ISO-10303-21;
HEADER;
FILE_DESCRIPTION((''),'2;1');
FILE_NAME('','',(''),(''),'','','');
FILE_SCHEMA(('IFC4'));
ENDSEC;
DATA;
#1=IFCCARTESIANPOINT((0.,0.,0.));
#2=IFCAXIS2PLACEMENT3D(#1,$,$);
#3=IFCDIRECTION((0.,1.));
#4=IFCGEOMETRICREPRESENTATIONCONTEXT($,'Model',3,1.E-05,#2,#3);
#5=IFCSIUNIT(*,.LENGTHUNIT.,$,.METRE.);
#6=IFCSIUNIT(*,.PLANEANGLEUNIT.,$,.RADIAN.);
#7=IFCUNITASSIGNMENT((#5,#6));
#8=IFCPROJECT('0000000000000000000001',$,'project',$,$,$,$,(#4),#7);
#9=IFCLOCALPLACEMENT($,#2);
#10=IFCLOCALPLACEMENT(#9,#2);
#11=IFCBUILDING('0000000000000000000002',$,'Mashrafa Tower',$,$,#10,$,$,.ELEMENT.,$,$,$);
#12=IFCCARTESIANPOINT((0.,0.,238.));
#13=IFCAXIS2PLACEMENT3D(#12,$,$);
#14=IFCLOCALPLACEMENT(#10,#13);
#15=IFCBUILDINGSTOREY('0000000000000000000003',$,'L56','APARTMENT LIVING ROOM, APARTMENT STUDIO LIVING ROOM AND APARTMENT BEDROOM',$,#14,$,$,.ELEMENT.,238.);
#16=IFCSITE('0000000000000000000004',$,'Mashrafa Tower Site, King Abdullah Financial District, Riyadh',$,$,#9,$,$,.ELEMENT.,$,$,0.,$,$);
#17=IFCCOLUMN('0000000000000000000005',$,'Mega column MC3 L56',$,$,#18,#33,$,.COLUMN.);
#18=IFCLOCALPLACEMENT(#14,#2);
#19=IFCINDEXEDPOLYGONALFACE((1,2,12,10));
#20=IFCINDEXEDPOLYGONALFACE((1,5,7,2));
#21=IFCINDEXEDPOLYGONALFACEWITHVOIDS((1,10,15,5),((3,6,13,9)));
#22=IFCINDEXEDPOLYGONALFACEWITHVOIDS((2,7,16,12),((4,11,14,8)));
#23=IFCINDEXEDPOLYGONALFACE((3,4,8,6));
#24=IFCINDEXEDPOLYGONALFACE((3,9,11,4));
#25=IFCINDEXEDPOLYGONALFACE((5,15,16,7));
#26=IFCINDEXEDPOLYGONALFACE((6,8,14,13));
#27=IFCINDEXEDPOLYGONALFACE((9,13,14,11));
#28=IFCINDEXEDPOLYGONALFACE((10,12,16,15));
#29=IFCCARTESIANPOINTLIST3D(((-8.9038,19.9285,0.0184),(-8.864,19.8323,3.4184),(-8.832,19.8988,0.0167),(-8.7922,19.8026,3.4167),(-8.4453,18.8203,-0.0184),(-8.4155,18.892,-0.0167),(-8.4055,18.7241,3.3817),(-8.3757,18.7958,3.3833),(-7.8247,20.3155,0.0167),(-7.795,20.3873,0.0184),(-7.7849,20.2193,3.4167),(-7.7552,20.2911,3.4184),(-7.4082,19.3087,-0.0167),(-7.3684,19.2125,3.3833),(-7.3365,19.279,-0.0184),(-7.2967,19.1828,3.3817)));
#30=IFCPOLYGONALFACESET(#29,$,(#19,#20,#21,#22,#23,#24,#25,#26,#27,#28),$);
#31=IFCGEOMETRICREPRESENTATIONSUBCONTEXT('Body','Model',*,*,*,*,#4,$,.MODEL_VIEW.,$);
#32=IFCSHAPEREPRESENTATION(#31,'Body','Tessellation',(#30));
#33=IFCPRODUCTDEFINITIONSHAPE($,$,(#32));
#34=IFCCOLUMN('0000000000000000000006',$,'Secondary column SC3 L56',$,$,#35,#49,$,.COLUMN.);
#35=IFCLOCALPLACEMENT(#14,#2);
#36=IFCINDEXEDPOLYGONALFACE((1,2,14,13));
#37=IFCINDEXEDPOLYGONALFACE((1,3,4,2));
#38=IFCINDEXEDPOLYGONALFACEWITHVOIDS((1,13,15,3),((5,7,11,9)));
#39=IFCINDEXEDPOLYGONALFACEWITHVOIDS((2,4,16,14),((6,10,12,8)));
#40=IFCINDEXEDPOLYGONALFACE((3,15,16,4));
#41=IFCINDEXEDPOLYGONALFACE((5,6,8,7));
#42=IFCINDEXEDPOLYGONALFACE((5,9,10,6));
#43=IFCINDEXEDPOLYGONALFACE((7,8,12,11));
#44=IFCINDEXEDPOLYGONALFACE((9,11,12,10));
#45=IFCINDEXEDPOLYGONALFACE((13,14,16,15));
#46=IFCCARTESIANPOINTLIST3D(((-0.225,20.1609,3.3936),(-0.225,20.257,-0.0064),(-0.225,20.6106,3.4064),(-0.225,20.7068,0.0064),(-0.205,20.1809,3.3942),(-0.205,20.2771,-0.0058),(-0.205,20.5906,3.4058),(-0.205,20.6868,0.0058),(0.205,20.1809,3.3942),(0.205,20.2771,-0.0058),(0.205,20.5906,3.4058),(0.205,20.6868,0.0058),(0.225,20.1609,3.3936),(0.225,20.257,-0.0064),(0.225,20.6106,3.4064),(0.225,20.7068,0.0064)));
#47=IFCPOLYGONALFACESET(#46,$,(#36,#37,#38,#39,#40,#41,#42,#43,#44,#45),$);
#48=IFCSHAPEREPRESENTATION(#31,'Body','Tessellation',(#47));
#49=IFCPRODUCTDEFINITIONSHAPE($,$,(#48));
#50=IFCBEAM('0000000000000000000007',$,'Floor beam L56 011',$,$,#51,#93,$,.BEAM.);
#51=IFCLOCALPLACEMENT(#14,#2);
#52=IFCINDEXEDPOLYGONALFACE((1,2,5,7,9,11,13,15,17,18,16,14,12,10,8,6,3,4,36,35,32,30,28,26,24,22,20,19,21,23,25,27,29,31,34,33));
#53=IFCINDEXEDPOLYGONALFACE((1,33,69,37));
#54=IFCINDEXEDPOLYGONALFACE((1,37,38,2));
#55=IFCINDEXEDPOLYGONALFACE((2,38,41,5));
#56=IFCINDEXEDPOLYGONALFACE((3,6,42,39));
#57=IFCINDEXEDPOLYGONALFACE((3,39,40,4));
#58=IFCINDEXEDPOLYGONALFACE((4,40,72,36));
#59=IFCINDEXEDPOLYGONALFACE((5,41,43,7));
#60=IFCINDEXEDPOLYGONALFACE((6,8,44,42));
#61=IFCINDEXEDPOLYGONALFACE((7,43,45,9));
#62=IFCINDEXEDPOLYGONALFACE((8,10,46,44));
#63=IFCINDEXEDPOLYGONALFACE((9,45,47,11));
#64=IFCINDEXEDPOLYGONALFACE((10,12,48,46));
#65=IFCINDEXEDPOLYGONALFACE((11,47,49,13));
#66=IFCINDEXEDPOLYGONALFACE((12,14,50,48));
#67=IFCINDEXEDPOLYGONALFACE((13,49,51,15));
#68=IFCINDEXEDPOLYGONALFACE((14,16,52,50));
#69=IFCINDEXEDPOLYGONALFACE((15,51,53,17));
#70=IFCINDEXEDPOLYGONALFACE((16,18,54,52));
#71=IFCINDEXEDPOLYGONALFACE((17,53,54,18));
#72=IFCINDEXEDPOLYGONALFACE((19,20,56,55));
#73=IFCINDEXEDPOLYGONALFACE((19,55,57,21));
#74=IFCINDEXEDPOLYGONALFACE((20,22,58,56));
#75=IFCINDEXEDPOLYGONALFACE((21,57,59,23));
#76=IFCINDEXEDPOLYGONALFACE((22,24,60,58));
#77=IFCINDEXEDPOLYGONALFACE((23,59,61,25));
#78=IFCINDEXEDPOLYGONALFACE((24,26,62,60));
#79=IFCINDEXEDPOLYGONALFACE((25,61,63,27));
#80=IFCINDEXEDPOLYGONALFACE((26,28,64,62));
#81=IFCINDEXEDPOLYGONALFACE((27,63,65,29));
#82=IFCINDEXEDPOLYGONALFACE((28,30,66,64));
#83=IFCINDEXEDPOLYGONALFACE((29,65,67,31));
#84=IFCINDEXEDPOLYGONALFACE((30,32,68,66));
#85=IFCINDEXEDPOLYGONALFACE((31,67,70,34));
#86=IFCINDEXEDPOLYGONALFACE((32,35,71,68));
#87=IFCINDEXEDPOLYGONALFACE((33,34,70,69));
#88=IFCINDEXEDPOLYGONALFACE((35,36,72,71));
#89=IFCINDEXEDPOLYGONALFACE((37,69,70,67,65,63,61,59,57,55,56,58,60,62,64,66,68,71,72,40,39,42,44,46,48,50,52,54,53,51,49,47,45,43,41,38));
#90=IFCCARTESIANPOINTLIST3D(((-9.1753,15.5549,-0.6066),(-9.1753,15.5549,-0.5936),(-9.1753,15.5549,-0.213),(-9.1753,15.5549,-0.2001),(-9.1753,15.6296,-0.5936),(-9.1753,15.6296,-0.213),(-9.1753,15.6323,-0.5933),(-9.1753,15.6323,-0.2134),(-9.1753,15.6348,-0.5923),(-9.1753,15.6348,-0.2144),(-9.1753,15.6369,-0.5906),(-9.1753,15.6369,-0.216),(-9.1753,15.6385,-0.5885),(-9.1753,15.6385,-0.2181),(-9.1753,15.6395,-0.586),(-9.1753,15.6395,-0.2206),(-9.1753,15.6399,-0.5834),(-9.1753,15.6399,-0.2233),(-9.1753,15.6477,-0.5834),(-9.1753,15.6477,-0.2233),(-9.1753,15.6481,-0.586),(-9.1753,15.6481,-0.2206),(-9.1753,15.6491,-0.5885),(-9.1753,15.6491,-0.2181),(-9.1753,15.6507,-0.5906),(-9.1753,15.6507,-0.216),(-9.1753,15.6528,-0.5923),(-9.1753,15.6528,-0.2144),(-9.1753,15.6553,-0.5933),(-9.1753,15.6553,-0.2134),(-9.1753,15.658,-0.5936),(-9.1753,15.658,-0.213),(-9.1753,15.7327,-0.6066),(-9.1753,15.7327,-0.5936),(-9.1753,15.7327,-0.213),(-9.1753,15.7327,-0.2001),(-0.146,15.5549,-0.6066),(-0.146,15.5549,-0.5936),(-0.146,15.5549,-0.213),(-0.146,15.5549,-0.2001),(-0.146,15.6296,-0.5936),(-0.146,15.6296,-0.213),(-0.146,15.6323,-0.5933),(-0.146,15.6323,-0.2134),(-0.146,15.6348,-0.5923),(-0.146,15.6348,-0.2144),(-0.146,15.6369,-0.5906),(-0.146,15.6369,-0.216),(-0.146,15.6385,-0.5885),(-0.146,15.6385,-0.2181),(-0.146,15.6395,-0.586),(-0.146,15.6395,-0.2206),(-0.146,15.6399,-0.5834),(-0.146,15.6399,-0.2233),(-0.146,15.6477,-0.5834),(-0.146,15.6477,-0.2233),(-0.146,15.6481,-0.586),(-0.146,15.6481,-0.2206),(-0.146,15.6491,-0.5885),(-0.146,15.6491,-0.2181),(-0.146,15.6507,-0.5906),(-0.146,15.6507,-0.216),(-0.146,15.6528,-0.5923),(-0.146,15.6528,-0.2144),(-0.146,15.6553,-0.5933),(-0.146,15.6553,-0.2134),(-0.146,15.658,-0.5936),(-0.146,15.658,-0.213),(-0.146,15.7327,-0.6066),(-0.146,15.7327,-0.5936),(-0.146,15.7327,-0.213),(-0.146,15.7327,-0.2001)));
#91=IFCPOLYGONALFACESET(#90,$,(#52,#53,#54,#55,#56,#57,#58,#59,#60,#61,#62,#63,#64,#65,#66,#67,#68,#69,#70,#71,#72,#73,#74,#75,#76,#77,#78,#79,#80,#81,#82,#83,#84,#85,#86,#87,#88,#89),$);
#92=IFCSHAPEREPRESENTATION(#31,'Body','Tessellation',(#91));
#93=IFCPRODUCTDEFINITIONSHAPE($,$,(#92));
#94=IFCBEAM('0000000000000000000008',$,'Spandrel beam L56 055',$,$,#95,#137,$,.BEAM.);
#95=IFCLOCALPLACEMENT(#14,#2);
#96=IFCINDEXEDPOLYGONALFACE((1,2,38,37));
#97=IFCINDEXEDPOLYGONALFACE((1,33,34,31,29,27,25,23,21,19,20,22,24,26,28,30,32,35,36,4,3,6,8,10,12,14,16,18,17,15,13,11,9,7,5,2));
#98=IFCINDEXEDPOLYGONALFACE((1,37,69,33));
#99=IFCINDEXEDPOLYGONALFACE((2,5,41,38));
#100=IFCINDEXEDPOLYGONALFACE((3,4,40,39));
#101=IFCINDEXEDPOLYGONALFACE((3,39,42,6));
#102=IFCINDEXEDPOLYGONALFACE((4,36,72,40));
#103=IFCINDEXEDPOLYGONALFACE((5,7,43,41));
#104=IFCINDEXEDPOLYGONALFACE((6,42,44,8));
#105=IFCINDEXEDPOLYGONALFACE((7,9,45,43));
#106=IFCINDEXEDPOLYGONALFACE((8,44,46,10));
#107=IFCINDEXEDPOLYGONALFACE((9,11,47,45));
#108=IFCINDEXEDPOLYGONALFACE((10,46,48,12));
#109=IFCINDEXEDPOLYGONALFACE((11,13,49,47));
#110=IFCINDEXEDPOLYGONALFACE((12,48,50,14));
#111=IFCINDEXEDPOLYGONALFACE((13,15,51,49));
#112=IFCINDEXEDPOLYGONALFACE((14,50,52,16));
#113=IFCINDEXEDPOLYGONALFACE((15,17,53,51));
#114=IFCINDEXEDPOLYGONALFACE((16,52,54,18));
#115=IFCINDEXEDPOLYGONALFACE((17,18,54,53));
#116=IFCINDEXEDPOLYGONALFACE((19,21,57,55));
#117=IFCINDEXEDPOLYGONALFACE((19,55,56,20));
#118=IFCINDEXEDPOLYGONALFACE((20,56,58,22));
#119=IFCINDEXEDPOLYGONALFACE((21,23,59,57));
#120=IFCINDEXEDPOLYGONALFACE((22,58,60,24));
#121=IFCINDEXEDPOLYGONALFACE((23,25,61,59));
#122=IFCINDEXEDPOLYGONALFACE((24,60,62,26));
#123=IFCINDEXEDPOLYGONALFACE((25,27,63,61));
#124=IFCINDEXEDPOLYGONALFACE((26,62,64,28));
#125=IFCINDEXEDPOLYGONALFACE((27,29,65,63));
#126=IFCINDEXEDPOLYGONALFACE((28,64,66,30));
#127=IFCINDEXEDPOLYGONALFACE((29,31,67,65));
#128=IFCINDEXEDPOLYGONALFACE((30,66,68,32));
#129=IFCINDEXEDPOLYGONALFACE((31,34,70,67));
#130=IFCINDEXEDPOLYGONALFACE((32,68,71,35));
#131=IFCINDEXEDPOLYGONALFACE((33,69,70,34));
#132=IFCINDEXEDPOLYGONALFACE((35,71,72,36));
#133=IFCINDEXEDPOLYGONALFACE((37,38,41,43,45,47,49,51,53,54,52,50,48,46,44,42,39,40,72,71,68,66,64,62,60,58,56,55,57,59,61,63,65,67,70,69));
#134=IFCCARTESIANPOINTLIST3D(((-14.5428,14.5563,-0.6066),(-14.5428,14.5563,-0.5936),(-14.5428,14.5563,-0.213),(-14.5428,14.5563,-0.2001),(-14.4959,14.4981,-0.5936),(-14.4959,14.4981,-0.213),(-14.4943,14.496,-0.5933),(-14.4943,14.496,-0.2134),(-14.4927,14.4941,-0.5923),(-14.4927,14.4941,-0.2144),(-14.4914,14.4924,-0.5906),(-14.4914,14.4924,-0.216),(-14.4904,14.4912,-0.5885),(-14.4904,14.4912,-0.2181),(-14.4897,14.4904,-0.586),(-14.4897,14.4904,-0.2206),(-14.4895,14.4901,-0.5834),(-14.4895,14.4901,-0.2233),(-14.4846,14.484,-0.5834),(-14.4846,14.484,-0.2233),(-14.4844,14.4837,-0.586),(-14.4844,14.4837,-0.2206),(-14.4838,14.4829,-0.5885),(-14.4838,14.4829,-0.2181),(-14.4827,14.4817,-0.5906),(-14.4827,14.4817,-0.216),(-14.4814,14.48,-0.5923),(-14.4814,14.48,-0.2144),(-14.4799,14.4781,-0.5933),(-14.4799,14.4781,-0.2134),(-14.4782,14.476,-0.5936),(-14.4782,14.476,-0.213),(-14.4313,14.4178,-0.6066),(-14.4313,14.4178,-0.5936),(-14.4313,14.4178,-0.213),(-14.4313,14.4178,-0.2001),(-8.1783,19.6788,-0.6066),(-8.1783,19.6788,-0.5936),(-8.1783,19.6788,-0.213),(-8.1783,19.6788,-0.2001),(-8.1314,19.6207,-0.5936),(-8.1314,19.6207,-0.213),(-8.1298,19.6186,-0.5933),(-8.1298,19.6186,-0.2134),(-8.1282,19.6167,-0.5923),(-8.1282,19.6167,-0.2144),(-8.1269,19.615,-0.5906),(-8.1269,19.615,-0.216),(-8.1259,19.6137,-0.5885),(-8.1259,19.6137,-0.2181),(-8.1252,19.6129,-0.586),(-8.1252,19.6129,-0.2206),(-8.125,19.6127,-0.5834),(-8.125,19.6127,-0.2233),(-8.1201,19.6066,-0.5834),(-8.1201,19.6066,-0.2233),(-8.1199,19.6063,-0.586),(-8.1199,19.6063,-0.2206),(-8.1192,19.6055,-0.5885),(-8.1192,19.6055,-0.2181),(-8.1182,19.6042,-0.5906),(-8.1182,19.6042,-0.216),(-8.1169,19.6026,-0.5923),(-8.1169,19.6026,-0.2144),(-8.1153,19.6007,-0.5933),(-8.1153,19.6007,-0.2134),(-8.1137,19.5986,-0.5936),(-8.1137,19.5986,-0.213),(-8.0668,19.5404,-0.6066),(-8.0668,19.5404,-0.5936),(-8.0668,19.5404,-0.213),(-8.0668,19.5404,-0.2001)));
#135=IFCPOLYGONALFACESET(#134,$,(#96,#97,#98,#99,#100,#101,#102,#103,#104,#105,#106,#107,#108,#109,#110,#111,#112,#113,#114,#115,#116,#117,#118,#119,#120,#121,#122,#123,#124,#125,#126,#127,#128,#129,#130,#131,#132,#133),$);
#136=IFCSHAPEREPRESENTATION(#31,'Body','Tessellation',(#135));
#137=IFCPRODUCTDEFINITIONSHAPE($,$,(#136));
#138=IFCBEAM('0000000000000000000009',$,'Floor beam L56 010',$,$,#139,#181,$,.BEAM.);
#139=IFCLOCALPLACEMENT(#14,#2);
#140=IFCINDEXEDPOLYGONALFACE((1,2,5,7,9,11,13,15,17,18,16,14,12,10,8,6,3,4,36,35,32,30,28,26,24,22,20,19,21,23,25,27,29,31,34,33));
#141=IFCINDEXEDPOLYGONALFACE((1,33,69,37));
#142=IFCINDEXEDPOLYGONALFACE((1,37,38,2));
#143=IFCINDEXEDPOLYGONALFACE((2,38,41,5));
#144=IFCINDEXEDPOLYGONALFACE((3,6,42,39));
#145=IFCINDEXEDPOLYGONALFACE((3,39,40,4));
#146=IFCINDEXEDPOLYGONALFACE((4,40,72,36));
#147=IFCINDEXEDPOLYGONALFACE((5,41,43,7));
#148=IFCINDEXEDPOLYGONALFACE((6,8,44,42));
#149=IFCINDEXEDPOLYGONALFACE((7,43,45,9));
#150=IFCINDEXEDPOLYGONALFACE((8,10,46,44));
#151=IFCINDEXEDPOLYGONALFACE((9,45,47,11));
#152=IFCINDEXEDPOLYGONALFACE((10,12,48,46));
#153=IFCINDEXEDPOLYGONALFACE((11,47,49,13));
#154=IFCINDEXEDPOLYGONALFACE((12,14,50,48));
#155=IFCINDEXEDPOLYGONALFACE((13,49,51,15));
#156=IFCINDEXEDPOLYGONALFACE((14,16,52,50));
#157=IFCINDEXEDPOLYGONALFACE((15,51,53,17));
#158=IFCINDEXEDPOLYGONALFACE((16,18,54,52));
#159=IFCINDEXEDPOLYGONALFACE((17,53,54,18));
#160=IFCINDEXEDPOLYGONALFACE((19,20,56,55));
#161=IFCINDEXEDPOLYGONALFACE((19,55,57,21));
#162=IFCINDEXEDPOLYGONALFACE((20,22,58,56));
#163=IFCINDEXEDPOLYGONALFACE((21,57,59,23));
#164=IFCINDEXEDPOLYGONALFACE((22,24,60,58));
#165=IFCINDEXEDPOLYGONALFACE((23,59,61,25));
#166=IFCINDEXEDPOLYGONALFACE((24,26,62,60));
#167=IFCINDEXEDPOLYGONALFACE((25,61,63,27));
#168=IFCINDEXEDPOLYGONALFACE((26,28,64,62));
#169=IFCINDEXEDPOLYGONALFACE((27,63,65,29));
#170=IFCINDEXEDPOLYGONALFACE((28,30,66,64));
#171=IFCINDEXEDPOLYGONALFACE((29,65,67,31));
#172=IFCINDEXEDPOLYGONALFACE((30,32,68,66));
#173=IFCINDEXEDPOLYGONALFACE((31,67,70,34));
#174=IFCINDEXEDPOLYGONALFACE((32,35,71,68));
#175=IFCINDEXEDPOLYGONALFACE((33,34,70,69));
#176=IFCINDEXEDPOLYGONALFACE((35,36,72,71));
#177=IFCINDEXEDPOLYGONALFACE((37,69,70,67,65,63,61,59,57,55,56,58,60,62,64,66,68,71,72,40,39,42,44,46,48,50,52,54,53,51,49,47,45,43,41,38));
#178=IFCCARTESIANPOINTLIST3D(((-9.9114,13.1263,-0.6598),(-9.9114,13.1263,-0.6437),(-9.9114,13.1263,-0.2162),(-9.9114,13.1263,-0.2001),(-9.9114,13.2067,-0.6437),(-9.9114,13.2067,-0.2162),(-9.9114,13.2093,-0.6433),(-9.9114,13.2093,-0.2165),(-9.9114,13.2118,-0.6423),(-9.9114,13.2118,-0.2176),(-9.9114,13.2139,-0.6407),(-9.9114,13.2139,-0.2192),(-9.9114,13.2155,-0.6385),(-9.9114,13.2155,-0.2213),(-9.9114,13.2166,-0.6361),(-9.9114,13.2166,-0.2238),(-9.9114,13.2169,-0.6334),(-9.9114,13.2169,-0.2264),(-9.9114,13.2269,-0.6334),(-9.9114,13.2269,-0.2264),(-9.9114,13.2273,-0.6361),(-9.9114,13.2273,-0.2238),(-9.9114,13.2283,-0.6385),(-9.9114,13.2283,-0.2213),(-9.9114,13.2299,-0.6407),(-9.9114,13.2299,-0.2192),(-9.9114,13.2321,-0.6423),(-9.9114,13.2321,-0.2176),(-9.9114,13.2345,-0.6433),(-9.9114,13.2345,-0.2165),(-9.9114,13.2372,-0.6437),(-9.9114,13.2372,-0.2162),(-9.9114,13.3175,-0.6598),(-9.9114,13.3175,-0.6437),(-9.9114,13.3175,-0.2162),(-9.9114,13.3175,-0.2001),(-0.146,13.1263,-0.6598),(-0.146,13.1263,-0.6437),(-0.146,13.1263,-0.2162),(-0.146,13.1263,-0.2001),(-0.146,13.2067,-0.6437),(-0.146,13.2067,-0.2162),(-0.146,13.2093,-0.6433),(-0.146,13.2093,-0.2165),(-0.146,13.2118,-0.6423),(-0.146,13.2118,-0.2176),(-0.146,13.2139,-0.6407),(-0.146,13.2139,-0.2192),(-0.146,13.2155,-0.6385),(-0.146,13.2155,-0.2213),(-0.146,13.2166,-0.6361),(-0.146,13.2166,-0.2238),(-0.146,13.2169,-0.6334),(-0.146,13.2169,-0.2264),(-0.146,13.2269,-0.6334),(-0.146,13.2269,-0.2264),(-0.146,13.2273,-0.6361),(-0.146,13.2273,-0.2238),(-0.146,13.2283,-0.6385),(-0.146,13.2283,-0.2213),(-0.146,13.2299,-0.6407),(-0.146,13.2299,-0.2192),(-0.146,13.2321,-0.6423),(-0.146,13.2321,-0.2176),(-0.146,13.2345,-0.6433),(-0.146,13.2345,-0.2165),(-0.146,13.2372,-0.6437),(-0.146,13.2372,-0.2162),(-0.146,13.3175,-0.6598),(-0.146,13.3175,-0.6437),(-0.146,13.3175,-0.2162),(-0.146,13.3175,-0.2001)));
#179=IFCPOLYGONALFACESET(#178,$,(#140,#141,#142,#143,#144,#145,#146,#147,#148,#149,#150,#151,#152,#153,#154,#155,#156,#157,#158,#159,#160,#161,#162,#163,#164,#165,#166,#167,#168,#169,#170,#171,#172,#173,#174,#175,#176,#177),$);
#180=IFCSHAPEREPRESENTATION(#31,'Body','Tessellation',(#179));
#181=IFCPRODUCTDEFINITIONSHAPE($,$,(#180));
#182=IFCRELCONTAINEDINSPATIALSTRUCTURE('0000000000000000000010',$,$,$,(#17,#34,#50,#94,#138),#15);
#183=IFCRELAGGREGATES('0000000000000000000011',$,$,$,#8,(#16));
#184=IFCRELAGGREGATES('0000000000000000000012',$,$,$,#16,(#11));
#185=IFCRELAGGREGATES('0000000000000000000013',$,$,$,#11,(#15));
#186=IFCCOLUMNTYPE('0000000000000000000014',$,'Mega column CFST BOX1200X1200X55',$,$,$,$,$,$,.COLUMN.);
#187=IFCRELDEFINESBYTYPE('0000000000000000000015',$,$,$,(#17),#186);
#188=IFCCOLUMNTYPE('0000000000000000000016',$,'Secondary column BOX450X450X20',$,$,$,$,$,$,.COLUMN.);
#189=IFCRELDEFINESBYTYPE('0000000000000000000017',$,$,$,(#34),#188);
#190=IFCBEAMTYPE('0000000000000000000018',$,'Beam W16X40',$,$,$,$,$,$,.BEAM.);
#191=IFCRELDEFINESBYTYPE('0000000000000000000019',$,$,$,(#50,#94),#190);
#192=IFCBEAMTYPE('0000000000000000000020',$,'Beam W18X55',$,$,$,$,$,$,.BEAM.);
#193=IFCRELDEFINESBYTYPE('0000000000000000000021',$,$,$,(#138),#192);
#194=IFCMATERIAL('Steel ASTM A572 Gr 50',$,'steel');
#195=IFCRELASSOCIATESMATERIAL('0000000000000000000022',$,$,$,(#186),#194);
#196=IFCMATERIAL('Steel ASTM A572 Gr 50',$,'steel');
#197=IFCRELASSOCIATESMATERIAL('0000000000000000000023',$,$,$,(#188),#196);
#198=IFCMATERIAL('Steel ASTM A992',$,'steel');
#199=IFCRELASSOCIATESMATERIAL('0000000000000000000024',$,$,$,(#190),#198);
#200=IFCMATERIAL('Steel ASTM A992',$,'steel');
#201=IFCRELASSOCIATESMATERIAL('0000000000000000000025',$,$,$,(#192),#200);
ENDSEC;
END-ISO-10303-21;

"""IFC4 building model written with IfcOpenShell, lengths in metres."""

from ifc_helpers import new_model, si_unit, direction, frame, origin, origin_2d, place, context, subcontext, project, spatial, hollow_rectangle, i_section, extrude, material, material_profile, profile_set, type_object, element, save


model = new_model("IFC4")

# Units and contexts
model_context = context("Model", 3, precision=1e-05, world=origin(), true_north=direction((0.0, 1.0)))
body_context = subcontext(model_context, "Body", "Model", "MODEL_VIEW")
ifc_project = project(units=[si_unit("LENGTHUNIT", "METRE"), si_unit("PLANEANGLEUNIT", "RADIAN")], contexts=[model_context])

# Site, building, storey
site_placement = place(None, origin())
site = spatial("IfcSite", under=ifc_project, at=site_placement, Name="Mashrafa Tower Site, King Abdullah Financial District, Riyadh", CompositionType="ELEMENT", RefElevation=0.0)
building_placement = place(site_placement, origin())
building = spatial("IfcBuilding", under=site, at=building_placement, Name="Mashrafa Tower", CompositionType="ELEMENT")
storey_placement = place(building_placement, frame((0.0, 0.0, 238.0)))
storey = spatial("IfcBuildingStorey", under=building, at=storey_placement, Name="L56", Description="APARTMENT LIVING ROOM, APARTMENT STUDIO LIVING ROOM AND APARTMENT BEDROOM", CompositionType="ELEMENT", Elevation=238.0)

# Columns
ifc_material_1 = material(Name="Steel ASTM A572 Gr 50", Category="steel")
ifc_material_profile_1 = material_profile(ifc_material_1, hollow_rectangle(XDim=1.2, YDim=1.2, WallThickness=0.0549, at=origin_2d()), Name="BOX1200X1200X55")
ifc_profile_set_1 = profile_set([ifc_material_profile_1], Name="Steel ASTM A572 Gr 50")
column_type_1 = type_object("IfcColumnType", Name="Mega column CFST BOX1200X1200X55", PredefinedType="COLUMN", material=ifc_profile_set_1)
column_1_placement = place(storey_placement, frame((-8.1201, 19.6038, 0.0), z_axis=(0.011699, -0.028279, 0.999532), x_axis=(0.924045, 0.382283, 0.0)))
element("IfcColumn", 1, at=column_1_placement, inside=storey, type_object=column_type_1, Name="Mega column MC3 L56", PredefinedType="COLUMN", context=body_context, shape_type="SweptSolid", body=[
    extrude(hollow_rectangle(XDim=1.2, YDim=1.2, WallThickness=0.0549, at=origin_2d()), origin(), (0.0, 0.0, 1.0), 3.4016),
])
ifc_material_2 = material(Name="Steel ASTM A572 Gr 50", Category="steel")
ifc_material_profile_2 = material_profile(ifc_material_2, hollow_rectangle(XDim=0.45, YDim=0.45, WallThickness=0.02, at=origin_2d()), Name="BOX450X450X20")
ifc_profile_set_2 = profile_set([ifc_material_profile_2], Name="Steel ASTM A572 Gr 50")
column_type_2 = type_object("IfcColumnType", Name="Secondary column BOX450X450X20", PredefinedType="COLUMN", material=ifc_profile_set_2)
column_2_placement = place(storey_placement, frame((0.0, 20.4819, 0.0), z_axis=(0.0, -0.028281, 0.9996), x_axis=(1.0, 0.0, 0.0)))
element("IfcColumn", 2, at=column_2_placement, inside=storey, type_object=column_type_2, Name="Secondary column SC3 L56", PredefinedType="COLUMN", context=body_context, shape_type="SweptSolid", body=[
    extrude(hollow_rectangle(XDim=0.45, YDim=0.45, WallThickness=0.02, at=origin_2d()), origin(), (0.0, 0.0, 1.0), 3.4014),
])

# Beams
ifc_material_3 = material(Name="Steel ASTM A992", Category="steel")
ifc_material_profile_3 = material_profile(ifc_material_3, i_section(OverallWidth=0.1777, OverallDepth=0.4065, WebThickness=0.0078, FlangeThickness=0.0129, FilletRadius=0.0103, at=origin_2d()), Name="W16X40")
ifc_profile_set_3 = profile_set([ifc_material_profile_3], Name="Steel ASTM A992")
beam_type_1 = type_object("IfcBeamType", Name="Beam W16X40", PredefinedType="BEAM", material=ifc_profile_set_3)
beam_1_placement = place(storey_placement, frame((-9.1753, 15.6438, -0.4033), z_axis=(1.0, 0.0, 0.0), x_axis=(0.0, 1.0, 0.0)))
element("IfcBeam", 3, at=beam_1_placement, inside=storey, type_object=beam_type_1, Name="Floor beam L56 011", PredefinedType="BEAM", context=body_context, shape_type="SweptSolid", body=[
    extrude(i_section(OverallWidth=0.1777, OverallDepth=0.4065, WebThickness=0.0078, FlangeThickness=0.0129, FilletRadius=0.0103, at=origin_2d()), origin(), (0.0, 0.0, 1.0), 9.0293),
])
beam_2_placement = place(storey_placement, frame((-8.1226, 19.6096, -0.4033), z_axis=(-0.779017, -0.627003, 0.0), x_axis=(0.627003, -0.779017, 0.0)))
element("IfcBeam", 4, at=beam_2_placement, inside=storey, type_object=beam_type_1, Name="Spandrel beam L56 055", PredefinedType="BEAM", context=body_context, shape_type="SweptSolid", body=[
    extrude(i_section(OverallWidth=0.1777, OverallDepth=0.4065, WebThickness=0.0078, FlangeThickness=0.0129, FilletRadius=0.0103, at=origin_2d()), origin(), (0.0, 0.0, 1.0), 8.1699),
])
ifc_material_4 = material(Name="Steel ASTM A992", Category="steel")
ifc_material_profile_4 = material_profile(ifc_material_4, i_section(OverallWidth=0.1912, OverallDepth=0.4597, WebThickness=0.01, FlangeThickness=0.0161, FilletRadius=0.0103, at=origin_2d()), Name="W18X55")
ifc_profile_set_4 = profile_set([ifc_material_profile_4], Name="Steel ASTM A992")
beam_type_2 = type_object("IfcBeamType", Name="Beam W18X55", PredefinedType="BEAM", material=ifc_profile_set_4)
beam_3_placement = place(storey_placement, frame((-9.9114, 13.2219, -0.4299), z_axis=(1.0, 0.0, 0.0), x_axis=(0.0, 1.0, 0.0)))
element("IfcBeam", 5, at=beam_3_placement, inside=storey, type_object=beam_type_2, Name="Floor beam L56 010", PredefinedType="BEAM", context=body_context, shape_type="SweptSolid", body=[
    extrude(i_section(OverallWidth=0.1912, OverallDepth=0.4597, WebThickness=0.01, FlangeThickness=0.0161, FilletRadius=0.0103, at=origin_2d()), origin(), (0.0, 0.0, 1.0), 9.7654),
])

save(model, "model.ifc")
